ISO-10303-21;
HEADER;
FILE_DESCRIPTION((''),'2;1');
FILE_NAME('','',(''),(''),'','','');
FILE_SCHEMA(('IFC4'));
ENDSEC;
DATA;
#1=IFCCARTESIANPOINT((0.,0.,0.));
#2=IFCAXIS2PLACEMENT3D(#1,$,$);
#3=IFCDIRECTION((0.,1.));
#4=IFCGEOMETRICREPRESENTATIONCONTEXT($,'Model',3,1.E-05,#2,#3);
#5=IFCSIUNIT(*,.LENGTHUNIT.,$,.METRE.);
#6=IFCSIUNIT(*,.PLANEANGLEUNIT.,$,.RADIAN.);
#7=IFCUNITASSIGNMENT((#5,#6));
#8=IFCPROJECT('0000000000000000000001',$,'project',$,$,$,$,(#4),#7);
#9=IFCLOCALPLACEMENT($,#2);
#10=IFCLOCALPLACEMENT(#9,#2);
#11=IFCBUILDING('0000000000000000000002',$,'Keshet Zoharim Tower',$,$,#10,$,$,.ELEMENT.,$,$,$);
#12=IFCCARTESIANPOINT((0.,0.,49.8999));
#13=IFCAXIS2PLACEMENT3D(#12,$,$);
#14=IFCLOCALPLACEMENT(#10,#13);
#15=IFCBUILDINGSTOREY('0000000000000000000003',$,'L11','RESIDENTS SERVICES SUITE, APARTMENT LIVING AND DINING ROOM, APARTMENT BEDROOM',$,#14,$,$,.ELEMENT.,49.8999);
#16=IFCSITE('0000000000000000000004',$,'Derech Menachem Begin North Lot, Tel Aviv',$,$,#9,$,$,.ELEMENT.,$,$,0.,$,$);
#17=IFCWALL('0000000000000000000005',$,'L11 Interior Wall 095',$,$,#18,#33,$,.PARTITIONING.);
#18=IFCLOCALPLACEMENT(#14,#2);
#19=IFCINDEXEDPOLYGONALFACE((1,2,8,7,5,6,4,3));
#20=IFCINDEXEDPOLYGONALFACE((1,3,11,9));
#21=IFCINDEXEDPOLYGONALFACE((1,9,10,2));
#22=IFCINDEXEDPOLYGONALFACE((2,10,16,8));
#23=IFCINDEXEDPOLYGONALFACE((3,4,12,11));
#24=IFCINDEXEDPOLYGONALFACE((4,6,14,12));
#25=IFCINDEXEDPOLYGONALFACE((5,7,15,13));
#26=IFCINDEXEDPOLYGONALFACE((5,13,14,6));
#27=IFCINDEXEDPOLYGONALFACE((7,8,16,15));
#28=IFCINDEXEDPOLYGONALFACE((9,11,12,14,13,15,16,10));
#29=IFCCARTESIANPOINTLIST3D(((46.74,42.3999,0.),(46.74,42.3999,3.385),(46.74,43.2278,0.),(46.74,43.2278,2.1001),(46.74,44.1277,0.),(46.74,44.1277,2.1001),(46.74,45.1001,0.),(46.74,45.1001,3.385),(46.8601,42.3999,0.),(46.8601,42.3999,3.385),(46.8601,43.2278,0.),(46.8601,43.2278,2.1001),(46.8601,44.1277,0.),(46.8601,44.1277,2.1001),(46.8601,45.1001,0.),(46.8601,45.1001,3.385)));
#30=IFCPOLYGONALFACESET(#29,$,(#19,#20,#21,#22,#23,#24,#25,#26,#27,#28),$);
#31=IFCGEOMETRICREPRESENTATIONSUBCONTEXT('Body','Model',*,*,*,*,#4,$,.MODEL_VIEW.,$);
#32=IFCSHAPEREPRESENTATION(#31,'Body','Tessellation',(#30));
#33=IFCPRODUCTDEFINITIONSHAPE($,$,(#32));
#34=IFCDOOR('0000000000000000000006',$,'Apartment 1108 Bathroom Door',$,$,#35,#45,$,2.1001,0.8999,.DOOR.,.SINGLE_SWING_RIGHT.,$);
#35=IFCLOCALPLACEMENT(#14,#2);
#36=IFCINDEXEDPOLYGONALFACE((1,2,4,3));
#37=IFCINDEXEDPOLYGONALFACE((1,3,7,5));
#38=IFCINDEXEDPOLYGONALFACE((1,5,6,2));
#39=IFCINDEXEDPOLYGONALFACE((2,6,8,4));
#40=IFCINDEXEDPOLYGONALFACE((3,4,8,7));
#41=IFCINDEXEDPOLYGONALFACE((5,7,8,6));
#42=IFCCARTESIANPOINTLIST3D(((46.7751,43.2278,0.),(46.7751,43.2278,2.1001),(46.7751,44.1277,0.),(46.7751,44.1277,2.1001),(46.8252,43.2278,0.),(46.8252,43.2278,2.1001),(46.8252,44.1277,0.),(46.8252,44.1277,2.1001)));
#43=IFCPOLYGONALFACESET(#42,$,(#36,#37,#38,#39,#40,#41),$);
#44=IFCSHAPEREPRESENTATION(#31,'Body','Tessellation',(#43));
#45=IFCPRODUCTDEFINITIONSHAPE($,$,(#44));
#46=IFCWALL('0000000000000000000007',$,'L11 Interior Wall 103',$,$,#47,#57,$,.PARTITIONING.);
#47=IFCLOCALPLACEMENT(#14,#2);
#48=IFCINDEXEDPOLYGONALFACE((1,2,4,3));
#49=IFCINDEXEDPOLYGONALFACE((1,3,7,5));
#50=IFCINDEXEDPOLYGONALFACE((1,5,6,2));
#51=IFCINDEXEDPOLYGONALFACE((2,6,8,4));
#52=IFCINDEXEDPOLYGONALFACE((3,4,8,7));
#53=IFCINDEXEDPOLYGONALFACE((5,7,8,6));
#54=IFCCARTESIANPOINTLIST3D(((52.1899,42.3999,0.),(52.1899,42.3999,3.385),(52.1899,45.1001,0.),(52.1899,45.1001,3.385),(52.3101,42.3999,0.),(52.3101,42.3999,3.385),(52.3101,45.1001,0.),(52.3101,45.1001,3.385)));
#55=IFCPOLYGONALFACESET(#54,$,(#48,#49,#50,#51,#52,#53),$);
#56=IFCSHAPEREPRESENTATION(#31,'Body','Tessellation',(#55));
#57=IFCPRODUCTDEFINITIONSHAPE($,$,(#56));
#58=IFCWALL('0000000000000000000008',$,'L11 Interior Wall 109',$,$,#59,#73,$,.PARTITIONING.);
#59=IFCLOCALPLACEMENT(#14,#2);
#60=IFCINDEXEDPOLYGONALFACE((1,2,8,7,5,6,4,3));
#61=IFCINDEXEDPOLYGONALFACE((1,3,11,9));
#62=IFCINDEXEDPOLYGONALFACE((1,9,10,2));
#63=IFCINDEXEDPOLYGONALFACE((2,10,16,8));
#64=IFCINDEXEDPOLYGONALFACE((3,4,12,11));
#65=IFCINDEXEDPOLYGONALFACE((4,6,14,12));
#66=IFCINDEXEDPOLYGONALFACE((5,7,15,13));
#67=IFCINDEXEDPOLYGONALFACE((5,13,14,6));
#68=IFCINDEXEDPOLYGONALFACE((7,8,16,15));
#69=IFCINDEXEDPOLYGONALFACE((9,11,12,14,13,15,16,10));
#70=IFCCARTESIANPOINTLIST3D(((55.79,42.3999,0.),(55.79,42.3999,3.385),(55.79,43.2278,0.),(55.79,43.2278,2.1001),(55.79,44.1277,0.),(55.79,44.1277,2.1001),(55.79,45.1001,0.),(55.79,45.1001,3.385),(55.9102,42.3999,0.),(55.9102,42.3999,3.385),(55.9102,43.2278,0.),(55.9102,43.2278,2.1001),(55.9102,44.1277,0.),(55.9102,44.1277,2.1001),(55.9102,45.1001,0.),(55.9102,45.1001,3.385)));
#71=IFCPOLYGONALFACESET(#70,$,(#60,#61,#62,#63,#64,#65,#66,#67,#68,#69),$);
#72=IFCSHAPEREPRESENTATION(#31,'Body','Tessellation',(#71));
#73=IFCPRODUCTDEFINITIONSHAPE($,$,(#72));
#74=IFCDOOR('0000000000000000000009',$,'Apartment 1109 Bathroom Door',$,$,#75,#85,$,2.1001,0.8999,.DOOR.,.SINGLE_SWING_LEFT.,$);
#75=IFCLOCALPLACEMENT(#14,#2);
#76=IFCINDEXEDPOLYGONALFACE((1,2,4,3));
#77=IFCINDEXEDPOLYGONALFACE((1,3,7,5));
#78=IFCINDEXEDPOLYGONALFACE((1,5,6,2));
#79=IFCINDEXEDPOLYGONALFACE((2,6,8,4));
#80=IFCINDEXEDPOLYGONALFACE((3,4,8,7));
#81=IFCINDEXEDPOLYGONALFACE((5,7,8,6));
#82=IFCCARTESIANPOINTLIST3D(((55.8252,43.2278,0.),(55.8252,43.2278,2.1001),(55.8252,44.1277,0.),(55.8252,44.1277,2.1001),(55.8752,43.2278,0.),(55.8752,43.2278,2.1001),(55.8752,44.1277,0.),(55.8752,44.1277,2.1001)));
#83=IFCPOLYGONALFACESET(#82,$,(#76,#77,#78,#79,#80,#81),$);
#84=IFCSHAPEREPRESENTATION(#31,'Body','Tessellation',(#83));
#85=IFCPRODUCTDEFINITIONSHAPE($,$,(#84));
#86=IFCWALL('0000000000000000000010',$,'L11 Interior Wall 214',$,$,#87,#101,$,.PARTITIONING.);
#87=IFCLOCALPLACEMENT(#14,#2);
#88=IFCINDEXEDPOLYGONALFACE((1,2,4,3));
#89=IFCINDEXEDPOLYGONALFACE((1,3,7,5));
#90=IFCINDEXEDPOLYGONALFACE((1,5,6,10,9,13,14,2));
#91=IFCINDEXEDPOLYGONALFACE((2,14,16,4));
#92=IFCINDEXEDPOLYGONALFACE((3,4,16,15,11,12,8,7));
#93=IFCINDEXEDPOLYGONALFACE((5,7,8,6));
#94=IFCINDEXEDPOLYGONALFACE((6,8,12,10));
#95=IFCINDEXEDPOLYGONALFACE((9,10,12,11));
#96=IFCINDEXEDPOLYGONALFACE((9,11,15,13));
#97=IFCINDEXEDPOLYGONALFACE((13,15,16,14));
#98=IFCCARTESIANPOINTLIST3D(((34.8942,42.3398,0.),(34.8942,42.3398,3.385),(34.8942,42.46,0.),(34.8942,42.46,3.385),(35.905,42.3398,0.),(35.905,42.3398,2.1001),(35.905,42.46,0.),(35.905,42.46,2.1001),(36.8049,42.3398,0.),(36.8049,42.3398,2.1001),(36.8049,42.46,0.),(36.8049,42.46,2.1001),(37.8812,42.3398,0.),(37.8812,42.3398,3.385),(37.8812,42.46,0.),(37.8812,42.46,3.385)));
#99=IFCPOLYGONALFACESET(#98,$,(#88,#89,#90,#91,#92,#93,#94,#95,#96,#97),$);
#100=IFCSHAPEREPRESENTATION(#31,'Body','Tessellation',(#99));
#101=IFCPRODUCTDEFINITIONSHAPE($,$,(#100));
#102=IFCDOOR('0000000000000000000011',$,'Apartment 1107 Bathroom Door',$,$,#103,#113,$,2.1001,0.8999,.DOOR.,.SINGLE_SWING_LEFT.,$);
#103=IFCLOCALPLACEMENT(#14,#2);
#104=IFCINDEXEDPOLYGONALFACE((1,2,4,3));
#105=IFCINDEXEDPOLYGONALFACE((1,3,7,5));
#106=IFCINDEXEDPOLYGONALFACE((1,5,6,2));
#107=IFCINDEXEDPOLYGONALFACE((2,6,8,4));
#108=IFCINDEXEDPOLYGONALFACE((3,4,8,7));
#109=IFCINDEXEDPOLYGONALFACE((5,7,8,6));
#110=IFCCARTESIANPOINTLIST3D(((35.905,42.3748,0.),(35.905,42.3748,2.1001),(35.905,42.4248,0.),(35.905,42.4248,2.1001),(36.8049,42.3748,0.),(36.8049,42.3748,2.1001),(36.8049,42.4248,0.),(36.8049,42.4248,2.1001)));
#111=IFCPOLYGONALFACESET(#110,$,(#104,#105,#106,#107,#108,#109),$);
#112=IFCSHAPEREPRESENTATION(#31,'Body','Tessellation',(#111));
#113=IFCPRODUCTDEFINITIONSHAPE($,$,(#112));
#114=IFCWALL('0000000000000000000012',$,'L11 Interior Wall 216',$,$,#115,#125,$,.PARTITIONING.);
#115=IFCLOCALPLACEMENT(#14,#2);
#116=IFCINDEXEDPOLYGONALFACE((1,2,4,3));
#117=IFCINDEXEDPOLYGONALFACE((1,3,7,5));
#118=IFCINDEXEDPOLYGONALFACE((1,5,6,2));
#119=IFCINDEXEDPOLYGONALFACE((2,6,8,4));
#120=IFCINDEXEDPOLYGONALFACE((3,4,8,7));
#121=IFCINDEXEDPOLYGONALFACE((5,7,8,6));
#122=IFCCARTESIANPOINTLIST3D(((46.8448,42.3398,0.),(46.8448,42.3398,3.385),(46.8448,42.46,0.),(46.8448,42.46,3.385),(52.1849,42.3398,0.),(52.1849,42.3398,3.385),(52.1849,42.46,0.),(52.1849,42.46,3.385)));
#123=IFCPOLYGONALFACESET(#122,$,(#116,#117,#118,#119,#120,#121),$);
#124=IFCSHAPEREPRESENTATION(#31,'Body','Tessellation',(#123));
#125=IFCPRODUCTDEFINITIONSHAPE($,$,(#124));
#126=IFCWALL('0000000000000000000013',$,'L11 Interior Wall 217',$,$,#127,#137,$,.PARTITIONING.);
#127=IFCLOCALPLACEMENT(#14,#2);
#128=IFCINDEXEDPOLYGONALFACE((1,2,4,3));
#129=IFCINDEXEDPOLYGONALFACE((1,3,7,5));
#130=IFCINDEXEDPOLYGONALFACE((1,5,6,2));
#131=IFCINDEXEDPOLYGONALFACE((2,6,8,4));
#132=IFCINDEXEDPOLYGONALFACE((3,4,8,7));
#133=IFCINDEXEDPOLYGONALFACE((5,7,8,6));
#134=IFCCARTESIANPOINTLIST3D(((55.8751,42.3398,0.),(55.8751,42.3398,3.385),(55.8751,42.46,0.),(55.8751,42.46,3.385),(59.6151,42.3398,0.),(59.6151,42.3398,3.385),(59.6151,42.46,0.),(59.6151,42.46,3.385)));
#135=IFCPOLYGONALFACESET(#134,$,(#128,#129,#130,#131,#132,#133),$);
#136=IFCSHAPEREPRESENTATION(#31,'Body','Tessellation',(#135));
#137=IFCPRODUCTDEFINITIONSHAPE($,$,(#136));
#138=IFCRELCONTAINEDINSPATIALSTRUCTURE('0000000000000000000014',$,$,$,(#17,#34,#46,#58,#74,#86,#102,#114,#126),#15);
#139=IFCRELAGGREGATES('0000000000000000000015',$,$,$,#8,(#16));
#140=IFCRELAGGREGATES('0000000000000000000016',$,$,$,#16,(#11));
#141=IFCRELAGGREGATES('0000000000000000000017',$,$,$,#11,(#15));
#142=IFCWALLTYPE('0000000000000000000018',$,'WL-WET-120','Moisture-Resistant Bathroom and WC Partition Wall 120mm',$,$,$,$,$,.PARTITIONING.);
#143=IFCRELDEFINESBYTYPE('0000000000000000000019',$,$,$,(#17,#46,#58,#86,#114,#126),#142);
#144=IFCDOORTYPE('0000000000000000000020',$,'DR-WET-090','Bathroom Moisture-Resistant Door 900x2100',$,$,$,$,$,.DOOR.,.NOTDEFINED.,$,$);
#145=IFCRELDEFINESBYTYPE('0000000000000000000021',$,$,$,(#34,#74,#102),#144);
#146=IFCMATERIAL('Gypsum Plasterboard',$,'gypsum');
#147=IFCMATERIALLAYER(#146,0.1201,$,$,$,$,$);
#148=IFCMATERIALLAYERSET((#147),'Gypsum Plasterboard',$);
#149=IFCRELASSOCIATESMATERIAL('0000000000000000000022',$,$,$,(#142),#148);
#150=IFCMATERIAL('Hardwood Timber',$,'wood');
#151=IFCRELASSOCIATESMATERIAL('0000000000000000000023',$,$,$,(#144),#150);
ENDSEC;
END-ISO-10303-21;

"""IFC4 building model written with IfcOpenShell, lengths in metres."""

from ifc_helpers import new_model, si_unit, direction, frame, frame_2d, origin, place, context, subcontext, project, spatial, rectangle, extrude, material, layer, layer_set, type_object, element, fill, save


model = new_model("IFC4")

# Units and contexts
model_context = context("Model", 3, precision=1e-05, world=origin(), true_north=direction((0.0, 1.0)))
body_context = subcontext(model_context, "Body", "Model", "MODEL_VIEW")
ifc_project = project(units=[si_unit("LENGTHUNIT", "METRE"), si_unit("PLANEANGLEUNIT", "RADIAN")], contexts=[model_context])

# Site, building, storey
site_placement = place(None, origin())
site = spatial("IfcSite", under=ifc_project, at=site_placement, Name="Derech Menachem Begin North Lot, Tel Aviv", CompositionType="ELEMENT", RefElevation=0.0)
building_placement = place(site_placement, origin())
building = spatial("IfcBuilding", under=site, at=building_placement, Name="Keshet Zoharim Tower", CompositionType="ELEMENT")
storey_placement = place(building_placement, frame((0.0, 0.0, 49.8999)))
storey = spatial("IfcBuildingStorey", under=building, at=storey_placement, Name="L11", Description="RESIDENTS SERVICES SUITE, APARTMENT LIVING AND DINING ROOM, APARTMENT BEDROOM", CompositionType="ELEMENT", Elevation=49.8999)

# Shared definitions
ifc_material_1 = material(Name="Gypsum Plasterboard", Category="gypsum")

# Shared definitions
ifc_material_2 = material(Name="Hardwood Timber", Category="wood")

# Wall, opening, door
ifc_layer_1 = layer(ifc_material_1, 0.1201)
ifc_layer_set_1 = layer_set([ifc_layer_1], Name="Gypsum Plasterboard")
wall_type_1 = type_object("IfcWallType", Name="WL-WET-120", Description="Moisture-Resistant Bathroom and WC Partition Wall 120mm", PredefinedType="PARTITIONING", material=ifc_layer_set_1)
wall_1_placement = place(storey_placement, frame((46.8, 42.3999, 0.0), z_axis=(0.0, 0.0, 1.0), x_axis=(0.0, 1.0, 0.0)))
wall_1 = element("IfcWall", 1, at=wall_1_placement, inside=storey, type_object=wall_type_1, Name="L11 Interior Wall 095", PredefinedType="PARTITIONING", context=body_context, shape_type="SweptSolid", body=[
    extrude(rectangle(XDim=2.7002, YDim=0.1201, at=frame_2d((1.3501, 0.0))), origin(), (0.0, 0.0, 1.0), 3.385),
])
opening_1_placement = place(wall_1_placement, frame((0.8279, 0.0, 0.0)))
opening_1 = element("IfcOpeningElement", 2, at=opening_1_placement, cuts=wall_1, PredefinedType="OPENING", context=body_context, shape_type="SweptSolid", body=[
    extrude(rectangle(XDim=0.8999, YDim=2.1001, at=frame_2d((0.45, 1.05))), frame((0.0, 0.0701, 0.0), z_axis=(0.0, -1.0, 0.0), x_axis=(1.0, 0.0, 0.0)), (0.0, 0.0, 1.0), 0.1401),
])
door_type_1 = type_object("IfcDoorType", Name="DR-WET-090", Description="Bathroom Moisture-Resistant Door 900x2100", OperationType="NOTDEFINED", PredefinedType="DOOR", material=ifc_material_2)
door_1_placement = place(opening_1_placement, origin())
door_1 = element("IfcDoor", 3, at=door_1_placement, inside=storey, type_object=door_type_1, Name="Apartment 1108 Bathroom Door", OperationType="SINGLE_SWING_RIGHT", OverallHeight=2.1001, OverallWidth=0.8999, PredefinedType="DOOR", context=body_context, shape_type="SweptSolid", body=[
    extrude(rectangle(XDim=0.8999, YDim=2.1001, at=frame_2d((0.45, 1.05))), frame((0.0, 0.0249, 0.0), z_axis=(0.0, -1.0, 0.0), x_axis=(1.0, 0.0, 0.0)), (0.0, 0.0, 1.0), 0.05),
])
fill(opening_1, door_1)

# Wall
wall_2_placement = place(storey_placement, frame((52.25, 42.3999, 0.0), z_axis=(0.0, 0.0, 1.0), x_axis=(0.0, 1.0, 0.0)))
element("IfcWall", 4, at=wall_2_placement, inside=storey, type_object=wall_type_1, Name="L11 Interior Wall 103", PredefinedType="PARTITIONING", context=body_context, shape_type="SweptSolid", body=[
    extrude(rectangle(XDim=2.7002, YDim=0.1201, at=frame_2d((1.3501, 0.0))), origin(), (0.0, 0.0, 1.0), 3.385),
])

# Walls, openings, doors
wall_3_placement = place(storey_placement, frame((55.8501, 42.3999, 0.0), z_axis=(0.0, 0.0, 1.0), x_axis=(0.0, 1.0, 0.0)))
wall_3 = element("IfcWall", 5, at=wall_3_placement, inside=storey, type_object=wall_type_1, Name="L11 Interior Wall 109", PredefinedType="PARTITIONING", context=body_context, shape_type="SweptSolid", body=[
    extrude(rectangle(XDim=2.7002, YDim=0.1201, at=frame_2d((1.3501, 0.0))), origin(), (0.0, 0.0, 1.0), 3.385),
])
opening_2_placement = place(wall_3_placement, frame((0.8279, 0.0, 0.0)))
opening_2 = element("IfcOpeningElement", 6, at=opening_2_placement, cuts=wall_3, PredefinedType="OPENING", context=body_context, shape_type="SweptSolid", body=[
    extrude(rectangle(XDim=0.8999, YDim=2.1001, at=frame_2d((0.45, 1.05))), frame((0.0, 0.0701, 0.0), z_axis=(0.0, -1.0, 0.0), x_axis=(1.0, 0.0, 0.0)), (0.0, 0.0, 1.0), 0.1401),
])
door_2_placement = place(opening_2_placement, origin())
door_2 = element("IfcDoor", 7, at=door_2_placement, inside=storey, type_object=door_type_1, Name="Apartment 1109 Bathroom Door", OperationType="SINGLE_SWING_LEFT", OverallHeight=2.1001, OverallWidth=0.8999, PredefinedType="DOOR", context=body_context, shape_type="SweptSolid", body=[
    extrude(rectangle(XDim=0.8999, YDim=2.1001, at=frame_2d((0.45, 1.05))), frame((0.0, 0.0249, 0.0), z_axis=(0.0, -1.0, 0.0), x_axis=(1.0, 0.0, 0.0)), (0.0, 0.0, 1.0), 0.05),
])
fill(opening_2, door_2)
wall_4_placement = place(storey_placement, frame((34.894, 42.3999, 0.0), z_axis=(0.0, 0.0, 1.0), x_axis=(1.0, 0.0, 0.0)))
wall_4 = element("IfcWall", 8, at=wall_4_placement, inside=storey, type_object=wall_type_1, Name="L11 Interior Wall 214", PredefinedType="PARTITIONING", context=body_context, shape_type="SweptSolid", body=[
    extrude(rectangle(XDim=2.9871, YDim=0.1201, at=frame_2d((1.4937, 0.0))), origin(), (0.0, 0.0, 1.0), 3.385),
])
opening_3_placement = place(wall_4_placement, frame((1.011, 0.0, 0.0)))
opening_3 = element("IfcOpeningElement", 9, at=opening_3_placement, cuts=wall_4, PredefinedType="OPENING", context=body_context, shape_type="SweptSolid", body=[
    extrude(rectangle(XDim=0.8999, YDim=2.1001, at=frame_2d((0.45, 1.05))), frame((0.0, 0.0701, 0.0), z_axis=(0.0, -1.0, 0.0), x_axis=(1.0, 0.0, 0.0)), (0.0, 0.0, 1.0), 0.1401),
])
door_3_placement = place(opening_3_placement, origin())
door_3 = element("IfcDoor", 10, at=door_3_placement, inside=storey, type_object=door_type_1, Name="Apartment 1107 Bathroom Door", OperationType="SINGLE_SWING_LEFT", OverallHeight=2.1001, OverallWidth=0.8999, PredefinedType="DOOR", context=body_context, shape_type="SweptSolid", body=[
    extrude(rectangle(XDim=0.8999, YDim=2.1001, at=frame_2d((0.45, 1.05))), frame((0.0, 0.0249, 0.0), z_axis=(0.0, -1.0, 0.0), x_axis=(1.0, 0.0, 0.0)), (0.0, 0.0, 1.0), 0.05),
])
fill(opening_3, door_3)

# Walls
wall_5_placement = place(storey_placement, frame((46.845, 42.3999, 0.0), z_axis=(0.0, 0.0, 1.0), x_axis=(1.0, 0.0, 0.0)))
element("IfcWall", 11, at=wall_5_placement, inside=storey, type_object=wall_type_1, Name="L11 Interior Wall 216", PredefinedType="PARTITIONING", context=body_context, shape_type="SweptSolid", body=[
    extrude(rectangle(XDim=5.3401, YDim=0.1201, at=frame_2d((2.6699, 0.0))), origin(), (0.0, 0.0, 1.0), 3.385),
])
wall_6_placement = place(storey_placement, frame((55.875, 42.3999, 0.0), z_axis=(0.0, 0.0, 1.0), x_axis=(1.0, 0.0, 0.0)))
element("IfcWall", 12, at=wall_6_placement, inside=storey, type_object=wall_type_1, Name="L11 Interior Wall 217", PredefinedType="PARTITIONING", context=body_context, shape_type="SweptSolid", body=[
    extrude(rectangle(XDim=3.74, YDim=0.1201, at=frame_2d((1.8701, 0.0))), origin(), (0.0, 0.0, 1.0), 3.385),
])

save(model, "model.ifc")
